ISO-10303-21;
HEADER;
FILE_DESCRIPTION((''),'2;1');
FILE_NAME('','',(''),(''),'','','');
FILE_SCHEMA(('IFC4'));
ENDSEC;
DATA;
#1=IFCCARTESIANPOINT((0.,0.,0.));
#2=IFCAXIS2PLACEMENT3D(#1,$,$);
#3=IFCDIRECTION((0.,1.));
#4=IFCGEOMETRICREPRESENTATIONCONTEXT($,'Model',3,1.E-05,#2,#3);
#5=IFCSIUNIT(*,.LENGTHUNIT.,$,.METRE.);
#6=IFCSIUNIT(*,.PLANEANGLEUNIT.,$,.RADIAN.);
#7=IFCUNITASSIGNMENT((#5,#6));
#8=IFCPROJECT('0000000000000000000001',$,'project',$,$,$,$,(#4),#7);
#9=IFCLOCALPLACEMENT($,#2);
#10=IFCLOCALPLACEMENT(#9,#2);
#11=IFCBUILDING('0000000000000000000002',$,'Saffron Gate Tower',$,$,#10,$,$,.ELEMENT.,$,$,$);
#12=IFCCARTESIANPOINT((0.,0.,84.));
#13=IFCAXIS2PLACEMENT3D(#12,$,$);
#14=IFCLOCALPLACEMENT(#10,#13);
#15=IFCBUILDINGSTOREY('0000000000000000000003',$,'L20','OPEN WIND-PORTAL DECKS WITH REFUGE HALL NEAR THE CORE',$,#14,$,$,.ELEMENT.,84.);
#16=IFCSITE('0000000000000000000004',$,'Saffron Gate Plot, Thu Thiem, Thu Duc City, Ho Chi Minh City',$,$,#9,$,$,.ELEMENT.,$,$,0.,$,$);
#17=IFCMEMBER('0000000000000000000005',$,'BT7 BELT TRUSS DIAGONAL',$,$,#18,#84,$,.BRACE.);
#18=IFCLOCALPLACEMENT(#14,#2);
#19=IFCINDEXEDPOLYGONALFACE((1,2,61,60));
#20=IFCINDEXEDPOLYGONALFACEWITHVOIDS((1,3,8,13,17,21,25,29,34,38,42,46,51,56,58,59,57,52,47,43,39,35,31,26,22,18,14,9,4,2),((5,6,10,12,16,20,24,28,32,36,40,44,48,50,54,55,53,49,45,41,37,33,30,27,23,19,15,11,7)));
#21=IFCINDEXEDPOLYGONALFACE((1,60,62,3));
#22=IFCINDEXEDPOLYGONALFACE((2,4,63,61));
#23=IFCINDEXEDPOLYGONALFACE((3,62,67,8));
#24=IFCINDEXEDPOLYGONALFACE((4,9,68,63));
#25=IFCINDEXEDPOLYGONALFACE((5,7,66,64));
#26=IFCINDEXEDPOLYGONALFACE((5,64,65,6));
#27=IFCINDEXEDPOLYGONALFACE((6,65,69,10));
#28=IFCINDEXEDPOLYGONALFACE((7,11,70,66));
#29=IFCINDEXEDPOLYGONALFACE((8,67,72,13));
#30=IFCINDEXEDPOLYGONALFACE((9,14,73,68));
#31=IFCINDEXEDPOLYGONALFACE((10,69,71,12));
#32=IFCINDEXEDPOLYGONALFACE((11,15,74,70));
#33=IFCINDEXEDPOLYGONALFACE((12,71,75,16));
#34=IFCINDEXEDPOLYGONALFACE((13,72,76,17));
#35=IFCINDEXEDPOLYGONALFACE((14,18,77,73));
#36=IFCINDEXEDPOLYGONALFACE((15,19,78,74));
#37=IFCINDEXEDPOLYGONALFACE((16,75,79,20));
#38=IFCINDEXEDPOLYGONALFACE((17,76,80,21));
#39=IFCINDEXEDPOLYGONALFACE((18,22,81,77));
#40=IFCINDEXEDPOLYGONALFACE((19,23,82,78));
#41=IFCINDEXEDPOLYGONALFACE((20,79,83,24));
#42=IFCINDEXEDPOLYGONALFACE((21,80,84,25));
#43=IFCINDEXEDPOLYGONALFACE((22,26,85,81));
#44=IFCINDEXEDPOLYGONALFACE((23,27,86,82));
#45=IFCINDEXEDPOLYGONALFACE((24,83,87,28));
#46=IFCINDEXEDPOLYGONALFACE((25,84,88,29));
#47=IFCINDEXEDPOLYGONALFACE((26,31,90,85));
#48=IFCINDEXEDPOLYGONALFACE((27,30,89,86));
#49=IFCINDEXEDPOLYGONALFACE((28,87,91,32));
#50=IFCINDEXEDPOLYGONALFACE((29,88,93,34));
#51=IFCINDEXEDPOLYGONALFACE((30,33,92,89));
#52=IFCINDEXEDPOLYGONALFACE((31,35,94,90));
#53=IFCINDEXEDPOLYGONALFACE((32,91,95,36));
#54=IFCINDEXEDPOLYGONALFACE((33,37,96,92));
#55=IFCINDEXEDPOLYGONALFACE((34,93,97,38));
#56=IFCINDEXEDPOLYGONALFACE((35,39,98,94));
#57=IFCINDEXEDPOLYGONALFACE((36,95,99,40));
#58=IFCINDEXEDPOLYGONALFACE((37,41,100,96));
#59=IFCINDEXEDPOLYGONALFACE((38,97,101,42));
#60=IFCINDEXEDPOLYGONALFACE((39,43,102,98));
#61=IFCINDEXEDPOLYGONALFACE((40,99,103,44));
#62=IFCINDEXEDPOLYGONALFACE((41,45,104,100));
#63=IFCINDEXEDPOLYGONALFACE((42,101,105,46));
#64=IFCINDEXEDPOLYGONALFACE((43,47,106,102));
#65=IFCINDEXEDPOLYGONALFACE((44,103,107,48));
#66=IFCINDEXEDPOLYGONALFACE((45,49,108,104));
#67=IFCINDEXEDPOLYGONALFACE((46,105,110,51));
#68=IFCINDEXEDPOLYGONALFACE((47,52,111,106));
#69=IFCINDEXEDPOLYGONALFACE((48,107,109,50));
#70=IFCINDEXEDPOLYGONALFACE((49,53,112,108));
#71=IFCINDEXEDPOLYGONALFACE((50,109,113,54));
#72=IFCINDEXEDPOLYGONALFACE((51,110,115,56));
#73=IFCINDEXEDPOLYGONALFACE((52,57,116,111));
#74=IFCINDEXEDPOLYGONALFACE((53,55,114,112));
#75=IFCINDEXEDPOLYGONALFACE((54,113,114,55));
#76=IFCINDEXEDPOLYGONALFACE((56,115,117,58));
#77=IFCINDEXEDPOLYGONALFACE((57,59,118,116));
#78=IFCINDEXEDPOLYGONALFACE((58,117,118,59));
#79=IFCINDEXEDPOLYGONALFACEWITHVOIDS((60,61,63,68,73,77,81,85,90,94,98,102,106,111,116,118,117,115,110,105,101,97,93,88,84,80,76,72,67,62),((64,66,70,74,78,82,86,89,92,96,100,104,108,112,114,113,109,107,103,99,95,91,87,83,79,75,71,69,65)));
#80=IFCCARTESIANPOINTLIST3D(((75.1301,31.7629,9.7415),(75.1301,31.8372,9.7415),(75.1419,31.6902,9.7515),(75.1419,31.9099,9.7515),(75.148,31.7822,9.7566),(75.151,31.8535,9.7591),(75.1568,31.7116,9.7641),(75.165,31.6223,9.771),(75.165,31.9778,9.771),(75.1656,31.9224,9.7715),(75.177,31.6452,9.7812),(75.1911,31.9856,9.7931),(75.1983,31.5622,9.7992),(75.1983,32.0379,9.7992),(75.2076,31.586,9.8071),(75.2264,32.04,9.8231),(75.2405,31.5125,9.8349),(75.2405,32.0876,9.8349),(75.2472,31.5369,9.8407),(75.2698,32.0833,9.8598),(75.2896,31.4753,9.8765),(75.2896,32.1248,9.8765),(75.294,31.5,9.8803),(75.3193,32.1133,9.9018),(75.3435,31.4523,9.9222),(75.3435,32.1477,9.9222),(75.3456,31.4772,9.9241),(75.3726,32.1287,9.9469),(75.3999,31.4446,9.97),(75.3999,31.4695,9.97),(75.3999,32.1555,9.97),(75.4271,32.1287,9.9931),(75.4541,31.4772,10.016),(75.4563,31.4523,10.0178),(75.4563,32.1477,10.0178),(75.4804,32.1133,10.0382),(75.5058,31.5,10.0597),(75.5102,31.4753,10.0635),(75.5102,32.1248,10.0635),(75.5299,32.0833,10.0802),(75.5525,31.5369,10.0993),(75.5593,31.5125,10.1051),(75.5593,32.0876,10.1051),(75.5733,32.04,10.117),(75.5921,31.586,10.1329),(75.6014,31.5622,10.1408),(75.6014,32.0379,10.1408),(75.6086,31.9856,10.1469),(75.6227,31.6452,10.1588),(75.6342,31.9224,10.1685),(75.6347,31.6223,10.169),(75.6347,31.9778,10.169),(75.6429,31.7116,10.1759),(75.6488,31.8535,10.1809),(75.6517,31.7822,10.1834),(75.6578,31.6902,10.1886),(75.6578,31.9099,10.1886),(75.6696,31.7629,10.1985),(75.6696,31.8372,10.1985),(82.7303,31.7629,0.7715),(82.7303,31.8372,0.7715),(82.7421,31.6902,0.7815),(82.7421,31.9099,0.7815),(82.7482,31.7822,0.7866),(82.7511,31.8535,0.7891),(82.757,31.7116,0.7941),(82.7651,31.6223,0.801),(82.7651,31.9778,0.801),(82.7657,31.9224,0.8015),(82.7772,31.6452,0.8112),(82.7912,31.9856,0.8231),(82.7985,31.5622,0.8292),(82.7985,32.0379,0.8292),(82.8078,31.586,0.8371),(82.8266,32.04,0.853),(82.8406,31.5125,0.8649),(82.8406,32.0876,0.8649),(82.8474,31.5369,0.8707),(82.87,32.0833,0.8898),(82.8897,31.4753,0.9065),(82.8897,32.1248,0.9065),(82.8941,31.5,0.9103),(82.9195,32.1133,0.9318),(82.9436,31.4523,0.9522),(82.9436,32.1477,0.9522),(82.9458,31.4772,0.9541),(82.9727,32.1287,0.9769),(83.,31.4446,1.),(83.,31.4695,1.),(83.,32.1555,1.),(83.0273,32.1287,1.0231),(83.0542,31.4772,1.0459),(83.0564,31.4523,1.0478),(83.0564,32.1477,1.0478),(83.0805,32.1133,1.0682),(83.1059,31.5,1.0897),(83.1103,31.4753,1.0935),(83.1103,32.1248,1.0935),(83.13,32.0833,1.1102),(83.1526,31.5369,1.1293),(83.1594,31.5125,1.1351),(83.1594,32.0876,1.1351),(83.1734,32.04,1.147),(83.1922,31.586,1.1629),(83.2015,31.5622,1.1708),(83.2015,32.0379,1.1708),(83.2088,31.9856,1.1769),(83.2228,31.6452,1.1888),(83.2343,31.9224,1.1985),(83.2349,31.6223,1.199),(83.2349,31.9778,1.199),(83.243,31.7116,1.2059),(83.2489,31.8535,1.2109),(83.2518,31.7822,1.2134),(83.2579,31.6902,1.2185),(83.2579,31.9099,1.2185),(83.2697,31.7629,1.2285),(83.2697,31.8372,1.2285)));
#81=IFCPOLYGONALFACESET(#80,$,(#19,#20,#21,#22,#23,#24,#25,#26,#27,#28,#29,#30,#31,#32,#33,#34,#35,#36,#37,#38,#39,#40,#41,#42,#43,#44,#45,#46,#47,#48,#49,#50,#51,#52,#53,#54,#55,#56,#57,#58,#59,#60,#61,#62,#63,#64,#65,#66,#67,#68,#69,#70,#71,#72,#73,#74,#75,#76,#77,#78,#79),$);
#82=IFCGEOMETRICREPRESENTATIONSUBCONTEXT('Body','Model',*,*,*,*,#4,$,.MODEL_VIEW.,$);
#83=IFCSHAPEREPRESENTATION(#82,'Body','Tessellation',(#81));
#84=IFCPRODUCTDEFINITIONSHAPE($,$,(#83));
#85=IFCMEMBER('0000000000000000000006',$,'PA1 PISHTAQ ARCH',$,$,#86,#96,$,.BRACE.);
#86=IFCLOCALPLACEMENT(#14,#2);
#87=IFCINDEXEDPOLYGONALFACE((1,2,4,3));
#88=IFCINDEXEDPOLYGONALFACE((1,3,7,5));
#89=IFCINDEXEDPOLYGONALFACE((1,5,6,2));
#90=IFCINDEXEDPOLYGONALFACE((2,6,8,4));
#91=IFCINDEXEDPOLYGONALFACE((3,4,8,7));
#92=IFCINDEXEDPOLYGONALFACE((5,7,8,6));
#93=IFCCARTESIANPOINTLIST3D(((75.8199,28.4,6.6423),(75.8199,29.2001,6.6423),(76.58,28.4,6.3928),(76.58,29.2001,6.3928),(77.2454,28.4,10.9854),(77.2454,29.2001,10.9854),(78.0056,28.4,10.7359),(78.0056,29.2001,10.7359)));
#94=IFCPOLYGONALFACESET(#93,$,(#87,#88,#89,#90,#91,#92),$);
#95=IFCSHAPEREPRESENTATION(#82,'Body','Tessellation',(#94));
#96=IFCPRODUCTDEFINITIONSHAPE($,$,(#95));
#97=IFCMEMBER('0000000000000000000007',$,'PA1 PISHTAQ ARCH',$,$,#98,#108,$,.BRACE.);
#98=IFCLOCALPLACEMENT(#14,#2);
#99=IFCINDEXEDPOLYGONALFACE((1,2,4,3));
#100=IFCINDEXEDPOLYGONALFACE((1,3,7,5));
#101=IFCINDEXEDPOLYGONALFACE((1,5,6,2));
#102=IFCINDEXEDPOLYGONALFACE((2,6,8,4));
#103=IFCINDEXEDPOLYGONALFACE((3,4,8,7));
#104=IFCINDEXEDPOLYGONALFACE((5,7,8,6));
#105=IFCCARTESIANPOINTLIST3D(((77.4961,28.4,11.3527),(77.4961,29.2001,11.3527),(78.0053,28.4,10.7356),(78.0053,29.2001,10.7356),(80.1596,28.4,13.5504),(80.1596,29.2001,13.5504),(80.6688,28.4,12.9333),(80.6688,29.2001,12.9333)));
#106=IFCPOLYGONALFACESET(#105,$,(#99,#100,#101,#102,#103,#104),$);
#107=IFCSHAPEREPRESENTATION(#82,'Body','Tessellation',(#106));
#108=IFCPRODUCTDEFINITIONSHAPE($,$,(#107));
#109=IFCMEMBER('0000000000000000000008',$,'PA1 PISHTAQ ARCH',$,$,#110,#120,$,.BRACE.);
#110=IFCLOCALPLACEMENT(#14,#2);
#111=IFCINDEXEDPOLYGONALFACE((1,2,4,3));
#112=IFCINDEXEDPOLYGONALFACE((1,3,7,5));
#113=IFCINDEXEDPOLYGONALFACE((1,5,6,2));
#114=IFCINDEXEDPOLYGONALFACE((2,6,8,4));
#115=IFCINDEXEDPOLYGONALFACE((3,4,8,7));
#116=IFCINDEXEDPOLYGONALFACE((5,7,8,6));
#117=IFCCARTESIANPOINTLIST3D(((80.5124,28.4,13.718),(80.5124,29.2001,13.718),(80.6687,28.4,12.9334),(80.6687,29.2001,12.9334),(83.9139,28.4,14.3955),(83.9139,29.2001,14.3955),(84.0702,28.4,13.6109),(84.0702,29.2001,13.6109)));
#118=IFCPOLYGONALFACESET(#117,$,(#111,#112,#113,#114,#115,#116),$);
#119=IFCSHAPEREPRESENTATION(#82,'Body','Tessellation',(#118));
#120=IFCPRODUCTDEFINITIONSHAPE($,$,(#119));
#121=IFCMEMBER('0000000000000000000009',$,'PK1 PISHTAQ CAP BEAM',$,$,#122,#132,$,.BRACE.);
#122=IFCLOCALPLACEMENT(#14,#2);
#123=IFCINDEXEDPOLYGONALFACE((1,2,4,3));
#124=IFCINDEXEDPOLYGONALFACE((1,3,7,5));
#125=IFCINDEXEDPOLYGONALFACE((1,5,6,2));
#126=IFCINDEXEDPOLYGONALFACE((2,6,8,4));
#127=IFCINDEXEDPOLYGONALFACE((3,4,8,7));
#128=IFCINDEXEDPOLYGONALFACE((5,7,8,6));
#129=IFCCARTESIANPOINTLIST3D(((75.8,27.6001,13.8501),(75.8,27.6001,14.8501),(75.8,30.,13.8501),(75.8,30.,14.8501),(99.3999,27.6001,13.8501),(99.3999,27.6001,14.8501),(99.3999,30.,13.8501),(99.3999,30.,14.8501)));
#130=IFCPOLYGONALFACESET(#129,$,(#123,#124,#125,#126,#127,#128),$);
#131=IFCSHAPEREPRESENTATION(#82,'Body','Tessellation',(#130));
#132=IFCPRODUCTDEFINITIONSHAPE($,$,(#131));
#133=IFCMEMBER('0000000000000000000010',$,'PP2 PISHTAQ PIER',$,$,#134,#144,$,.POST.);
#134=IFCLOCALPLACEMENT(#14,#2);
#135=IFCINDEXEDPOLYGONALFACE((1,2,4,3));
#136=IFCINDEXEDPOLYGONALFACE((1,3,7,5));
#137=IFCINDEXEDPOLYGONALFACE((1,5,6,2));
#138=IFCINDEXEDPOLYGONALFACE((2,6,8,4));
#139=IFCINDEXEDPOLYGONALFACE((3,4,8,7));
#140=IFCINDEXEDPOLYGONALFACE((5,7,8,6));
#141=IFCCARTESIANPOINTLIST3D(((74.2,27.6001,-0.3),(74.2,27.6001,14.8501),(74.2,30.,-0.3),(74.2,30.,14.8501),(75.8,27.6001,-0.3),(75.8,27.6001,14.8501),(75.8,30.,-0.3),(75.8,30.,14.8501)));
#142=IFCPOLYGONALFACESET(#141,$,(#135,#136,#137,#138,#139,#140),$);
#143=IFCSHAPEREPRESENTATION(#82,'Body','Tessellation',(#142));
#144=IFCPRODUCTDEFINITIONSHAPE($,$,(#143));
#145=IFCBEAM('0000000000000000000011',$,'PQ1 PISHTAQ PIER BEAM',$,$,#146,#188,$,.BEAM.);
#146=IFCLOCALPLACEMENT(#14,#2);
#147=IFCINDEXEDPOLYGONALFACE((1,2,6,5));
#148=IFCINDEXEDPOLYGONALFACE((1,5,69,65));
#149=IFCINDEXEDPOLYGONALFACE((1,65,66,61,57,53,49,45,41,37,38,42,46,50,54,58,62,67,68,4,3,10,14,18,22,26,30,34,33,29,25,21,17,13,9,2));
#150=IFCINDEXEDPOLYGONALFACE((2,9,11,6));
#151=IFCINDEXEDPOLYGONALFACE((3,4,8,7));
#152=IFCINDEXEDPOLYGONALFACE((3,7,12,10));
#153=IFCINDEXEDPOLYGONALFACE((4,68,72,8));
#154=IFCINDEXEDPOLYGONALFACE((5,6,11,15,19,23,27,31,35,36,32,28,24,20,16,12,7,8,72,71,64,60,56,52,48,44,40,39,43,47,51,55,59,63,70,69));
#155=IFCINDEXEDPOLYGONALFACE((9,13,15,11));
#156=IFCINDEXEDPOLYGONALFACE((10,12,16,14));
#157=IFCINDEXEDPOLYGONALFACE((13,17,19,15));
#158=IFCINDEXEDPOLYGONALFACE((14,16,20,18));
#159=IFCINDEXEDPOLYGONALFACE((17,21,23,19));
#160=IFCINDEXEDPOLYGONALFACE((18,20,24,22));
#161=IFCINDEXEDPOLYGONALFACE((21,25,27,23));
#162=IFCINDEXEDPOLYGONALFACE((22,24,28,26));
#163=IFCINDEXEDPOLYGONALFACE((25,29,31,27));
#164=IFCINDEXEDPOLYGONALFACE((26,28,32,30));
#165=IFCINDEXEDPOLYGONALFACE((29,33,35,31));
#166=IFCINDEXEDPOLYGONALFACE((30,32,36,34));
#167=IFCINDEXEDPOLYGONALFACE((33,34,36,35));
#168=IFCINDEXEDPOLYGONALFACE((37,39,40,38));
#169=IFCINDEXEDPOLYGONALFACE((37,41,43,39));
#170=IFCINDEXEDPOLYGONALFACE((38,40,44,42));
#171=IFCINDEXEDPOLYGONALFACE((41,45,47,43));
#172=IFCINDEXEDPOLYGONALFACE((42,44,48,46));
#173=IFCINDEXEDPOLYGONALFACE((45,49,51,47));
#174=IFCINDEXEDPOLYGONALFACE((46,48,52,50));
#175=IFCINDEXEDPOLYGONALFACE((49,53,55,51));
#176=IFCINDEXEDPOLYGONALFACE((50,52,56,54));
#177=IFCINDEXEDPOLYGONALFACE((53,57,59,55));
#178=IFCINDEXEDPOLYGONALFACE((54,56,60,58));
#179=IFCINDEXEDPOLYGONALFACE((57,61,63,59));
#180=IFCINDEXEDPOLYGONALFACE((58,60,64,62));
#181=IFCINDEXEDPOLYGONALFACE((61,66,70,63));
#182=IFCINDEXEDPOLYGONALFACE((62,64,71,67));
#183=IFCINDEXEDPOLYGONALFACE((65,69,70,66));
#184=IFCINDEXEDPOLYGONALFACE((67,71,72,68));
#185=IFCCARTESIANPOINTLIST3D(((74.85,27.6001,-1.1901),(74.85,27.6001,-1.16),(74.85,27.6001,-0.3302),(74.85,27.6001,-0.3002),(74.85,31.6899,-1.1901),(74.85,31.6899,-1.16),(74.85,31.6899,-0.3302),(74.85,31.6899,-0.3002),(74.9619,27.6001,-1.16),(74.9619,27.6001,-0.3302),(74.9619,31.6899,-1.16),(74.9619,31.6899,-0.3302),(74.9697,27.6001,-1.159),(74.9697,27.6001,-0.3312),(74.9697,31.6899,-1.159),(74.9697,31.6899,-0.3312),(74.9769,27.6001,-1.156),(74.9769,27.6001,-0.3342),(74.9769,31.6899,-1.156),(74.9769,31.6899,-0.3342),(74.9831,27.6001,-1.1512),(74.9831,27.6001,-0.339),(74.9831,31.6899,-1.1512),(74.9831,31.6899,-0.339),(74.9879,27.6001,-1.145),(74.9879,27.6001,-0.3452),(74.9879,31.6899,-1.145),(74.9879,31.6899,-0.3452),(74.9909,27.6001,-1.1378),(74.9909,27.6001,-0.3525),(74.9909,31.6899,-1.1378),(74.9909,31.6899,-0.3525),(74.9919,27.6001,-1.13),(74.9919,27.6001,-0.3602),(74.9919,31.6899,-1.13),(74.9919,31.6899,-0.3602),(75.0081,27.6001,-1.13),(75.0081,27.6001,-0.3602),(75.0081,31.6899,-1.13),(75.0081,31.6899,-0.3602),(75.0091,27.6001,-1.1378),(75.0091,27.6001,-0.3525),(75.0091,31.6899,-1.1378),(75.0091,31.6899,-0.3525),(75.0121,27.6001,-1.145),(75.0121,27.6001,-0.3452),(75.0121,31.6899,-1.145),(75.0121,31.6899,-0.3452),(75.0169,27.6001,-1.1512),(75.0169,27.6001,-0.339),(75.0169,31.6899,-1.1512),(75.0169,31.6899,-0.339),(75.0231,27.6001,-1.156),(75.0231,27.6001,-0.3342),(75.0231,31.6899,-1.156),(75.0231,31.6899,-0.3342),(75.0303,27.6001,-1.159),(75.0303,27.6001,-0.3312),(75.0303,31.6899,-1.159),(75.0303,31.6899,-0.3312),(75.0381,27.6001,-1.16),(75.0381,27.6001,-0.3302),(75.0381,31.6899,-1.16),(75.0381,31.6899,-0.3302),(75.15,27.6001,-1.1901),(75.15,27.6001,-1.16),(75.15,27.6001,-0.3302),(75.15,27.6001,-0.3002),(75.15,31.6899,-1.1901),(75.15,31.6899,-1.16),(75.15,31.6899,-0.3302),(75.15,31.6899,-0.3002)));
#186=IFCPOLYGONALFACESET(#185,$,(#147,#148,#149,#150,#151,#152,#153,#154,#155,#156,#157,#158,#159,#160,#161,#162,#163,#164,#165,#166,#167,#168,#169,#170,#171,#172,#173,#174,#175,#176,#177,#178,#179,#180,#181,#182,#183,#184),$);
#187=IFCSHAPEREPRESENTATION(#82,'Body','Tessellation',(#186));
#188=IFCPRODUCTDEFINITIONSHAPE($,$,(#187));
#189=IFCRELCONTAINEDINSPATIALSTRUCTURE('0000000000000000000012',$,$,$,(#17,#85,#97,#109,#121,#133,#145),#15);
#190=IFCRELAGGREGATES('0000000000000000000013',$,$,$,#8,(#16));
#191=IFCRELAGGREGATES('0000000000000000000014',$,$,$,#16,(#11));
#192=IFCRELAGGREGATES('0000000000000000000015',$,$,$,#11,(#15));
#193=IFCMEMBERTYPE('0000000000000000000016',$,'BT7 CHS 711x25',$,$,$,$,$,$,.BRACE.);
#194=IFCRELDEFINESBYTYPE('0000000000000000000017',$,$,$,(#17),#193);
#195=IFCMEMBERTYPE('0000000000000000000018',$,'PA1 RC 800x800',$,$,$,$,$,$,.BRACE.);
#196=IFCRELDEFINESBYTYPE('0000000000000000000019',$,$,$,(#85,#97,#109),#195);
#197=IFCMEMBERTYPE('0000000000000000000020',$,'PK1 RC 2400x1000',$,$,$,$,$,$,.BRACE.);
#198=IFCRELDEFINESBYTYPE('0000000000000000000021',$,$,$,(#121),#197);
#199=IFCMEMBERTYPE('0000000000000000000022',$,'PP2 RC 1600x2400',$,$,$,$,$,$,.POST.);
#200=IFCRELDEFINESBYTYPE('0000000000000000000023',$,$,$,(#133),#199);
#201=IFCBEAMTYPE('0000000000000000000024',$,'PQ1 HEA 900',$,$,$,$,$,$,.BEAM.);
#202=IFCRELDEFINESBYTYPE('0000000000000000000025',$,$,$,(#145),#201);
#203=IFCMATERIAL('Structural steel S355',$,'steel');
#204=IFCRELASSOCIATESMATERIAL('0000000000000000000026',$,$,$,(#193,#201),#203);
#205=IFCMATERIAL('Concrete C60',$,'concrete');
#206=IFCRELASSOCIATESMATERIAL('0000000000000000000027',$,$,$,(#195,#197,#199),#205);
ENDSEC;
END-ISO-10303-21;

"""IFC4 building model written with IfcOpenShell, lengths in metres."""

from ifc_helpers import new_model, si_unit, direction, frame, origin, origin_2d, place, context, subcontext, project, spatial, rectangle, hollow_circle, i_section, extrude, material, material_profile, profile_set, type_object, element, save


model = new_model("IFC4")

# Units and contexts
model_context = context("Model", 3, precision=1e-05, world=origin(), true_north=direction((0.0, 1.0)))
body_context = subcontext(model_context, "Body", "Model", "MODEL_VIEW")
ifc_project = project(units=[si_unit("LENGTHUNIT", "METRE"), si_unit("PLANEANGLEUNIT", "RADIAN")], contexts=[model_context])

# Site, building, storey
site_placement = place(None, origin())
site = spatial("IfcSite", under=ifc_project, at=site_placement, Name="Saffron Gate Plot, Thu Thiem, Thu Duc City, Ho Chi Minh City", CompositionType="ELEMENT", RefElevation=0.0)
building_placement = place(site_placement, origin())
building = spatial("IfcBuilding", under=site, at=building_placement, Name="Saffron Gate Tower", CompositionType="ELEMENT")
storey_placement = place(building_placement, frame((0.0, 0.0, 84.0)))
storey = spatial("IfcBuildingStorey", under=building, at=storey_placement, Name="L20", Description="OPEN WIND-PORTAL DECKS WITH REFUGE HALL NEAR THE CORE", CompositionType="ELEMENT", Elevation=84.0)

# Shared definitions
ifc_material_1 = material(Name="Concrete C60", Category="concrete")

# Shared definitions
ifc_material_2 = material(Name="Structural steel S355", Category="steel")

# Members
ifc_material_profile_1 = material_profile(ifc_material_2, hollow_circle(Radius=0.3555, WallThickness=0.0249, at=origin_2d()))
ifc_profile_set_1 = profile_set([ifc_material_profile_1], Name="Structural steel S355")
member_type_1 = type_object("IfcMemberType", Name="BT7 CHS 711x25", PredefinedType="BRACE", material=ifc_profile_set_1)
member_1_placement = place(storey_placement, frame((83.0, 31.8, 1.0), z_axis=(-0.646444, 0.0, 0.762962), x_axis=(0.0, -1.0, 0.0)))
element("IfcMember", 1, at=member_1_placement, inside=storey, type_object=member_type_1, Name="BT7 BELT TRUSS DIAGONAL", PredefinedType="BRACE", context=body_context, shape_type="SweptSolid", body=[
    extrude(hollow_circle(Radius=0.3555, WallThickness=0.0249, at=origin_2d()), origin(), (0.0, 0.0, 1.0), 11.7568),
])
ifc_material_profile_2 = material_profile(ifc_material_1, rectangle(XDim=0.8, YDim=0.8, at=origin_2d()))
ifc_profile_set_2 = profile_set([ifc_material_profile_2], Name="Concrete C60")
member_type_2 = type_object("IfcMemberType", Name="PA1 RC 800x800", PredefinedType="BRACE", material=ifc_profile_set_2)
member_2_placement = place(storey_placement, frame((76.2, 28.8, 6.5176), z_axis=(0.311866, 0.0, 0.950126), x_axis=(0.0, 1.0, 0.0)))
element("IfcMember", 2, at=member_2_placement, inside=storey, type_object=member_type_2, Name="PA1 PISHTAQ ARCH", PredefinedType="BRACE", context=body_context, shape_type="SweptSolid", body=[
    extrude(rectangle(XDim=0.8, YDim=0.8, at=origin_2d()), origin(), (0.0, 0.0, 1.0), 4.571),
])
member_3_placement = place(storey_placement, frame((77.7507, 28.8, 11.0442), z_axis=(0.77133, 0.0, 0.636436), x_axis=(0.0, 1.0, 0.0)))
element("IfcMember", 3, at=member_3_placement, inside=storey, type_object=member_type_2, Name="PA1 PISHTAQ ARCH", PredefinedType="BRACE", context=body_context, shape_type="SweptSolid", body=[
    extrude(rectangle(XDim=0.8, YDim=0.8, at=origin_2d()), origin(), (0.0, 0.0, 1.0), 3.4531),
])
member_4_placement = place(storey_placement, frame((80.5906, 28.8, 13.3257), z_axis=(0.980735, 0.0, 0.195344), x_axis=(0.0, 1.0, 0.0)))
element("IfcMember", 4, at=member_4_placement, inside=storey, type_object=member_type_2, Name="PA1 PISHTAQ ARCH", PredefinedType="BRACE", context=body_context, shape_type="SweptSolid", body=[
    extrude(rectangle(XDim=0.8, YDim=0.8, at=origin_2d()), origin(), (0.0, 0.0, 1.0), 3.4683),
])
ifc_material_profile_3 = material_profile(ifc_material_1, rectangle(XDim=2.3999, YDim=1.0, at=origin_2d()))
ifc_profile_set_3 = profile_set([ifc_material_profile_3], Name="Concrete C60")
member_type_3 = type_object("IfcMemberType", Name="PK1 RC 2400x1000", PredefinedType="BRACE", material=ifc_profile_set_3)
member_5_placement = place(storey_placement, frame((75.8, 28.8, 14.3501), z_axis=(1.0, 0.0, 0.0), x_axis=(0.0, 1.0, 0.0)))
element("IfcMember", 5, at=member_5_placement, inside=storey, type_object=member_type_3, Name="PK1 PISHTAQ CAP BEAM", PredefinedType="BRACE", context=body_context, shape_type="SweptSolid", body=[
    extrude(rectangle(XDim=2.3999, YDim=1.0, at=origin_2d()), origin(), (0.0, 0.0, 1.0), 23.5999),
])
ifc_material_profile_4 = material_profile(ifc_material_1, rectangle(XDim=1.6001, YDim=2.3999, at=origin_2d()))
ifc_profile_set_4 = profile_set([ifc_material_profile_4], Name="Concrete C60")
member_type_4 = type_object("IfcMemberType", Name="PP2 RC 1600x2400", PredefinedType="POST", material=ifc_profile_set_4)
member_6_placement = place(storey_placement, frame((75.0, 28.8, -0.3), z_axis=(0.0, 0.0, 1.0), x_axis=(1.0, 0.0, 0.0)))
element("IfcMember", 6, at=member_6_placement, inside=storey, type_object=member_type_4, Name="PP2 PISHTAQ PIER", PredefinedType="POST", context=body_context, shape_type="SweptSolid", body=[
    extrude(rectangle(XDim=1.6001, YDim=2.3999, at=origin_2d()), origin(), (0.0, 0.0, 1.0), 15.1501),
])

# Beam
ifc_material_profile_5 = material_profile(ifc_material_2, i_section(OverallWidth=0.3, OverallDepth=0.8899, WebThickness=0.0161, FlangeThickness=0.03, FilletRadius=0.03, at=origin_2d()))
ifc_profile_set_5 = profile_set([ifc_material_profile_5], Name="Structural steel S355")
beam_type_1 = type_object("IfcBeamType", Name="PQ1 HEA 900", PredefinedType="BEAM", material=ifc_profile_set_5)
beam_1_placement = place(storey_placement, frame((75.0, 27.6001, -0.7451), z_axis=(0.0, 1.0, 0.0), x_axis=(-1.0, 0.0, 0.0)))
element("IfcBeam", 7, at=beam_1_placement, inside=storey, type_object=beam_type_1, Name="PQ1 PISHTAQ PIER BEAM", PredefinedType="BEAM", context=body_context, shape_type="SweptSolid", body=[
    extrude(i_section(OverallWidth=0.3, OverallDepth=0.8899, WebThickness=0.0161, FlangeThickness=0.03, FilletRadius=0.03, at=origin_2d()), origin(), (0.0, 0.0, 1.0), 4.0898),
])

save(model, "model.ifc")
